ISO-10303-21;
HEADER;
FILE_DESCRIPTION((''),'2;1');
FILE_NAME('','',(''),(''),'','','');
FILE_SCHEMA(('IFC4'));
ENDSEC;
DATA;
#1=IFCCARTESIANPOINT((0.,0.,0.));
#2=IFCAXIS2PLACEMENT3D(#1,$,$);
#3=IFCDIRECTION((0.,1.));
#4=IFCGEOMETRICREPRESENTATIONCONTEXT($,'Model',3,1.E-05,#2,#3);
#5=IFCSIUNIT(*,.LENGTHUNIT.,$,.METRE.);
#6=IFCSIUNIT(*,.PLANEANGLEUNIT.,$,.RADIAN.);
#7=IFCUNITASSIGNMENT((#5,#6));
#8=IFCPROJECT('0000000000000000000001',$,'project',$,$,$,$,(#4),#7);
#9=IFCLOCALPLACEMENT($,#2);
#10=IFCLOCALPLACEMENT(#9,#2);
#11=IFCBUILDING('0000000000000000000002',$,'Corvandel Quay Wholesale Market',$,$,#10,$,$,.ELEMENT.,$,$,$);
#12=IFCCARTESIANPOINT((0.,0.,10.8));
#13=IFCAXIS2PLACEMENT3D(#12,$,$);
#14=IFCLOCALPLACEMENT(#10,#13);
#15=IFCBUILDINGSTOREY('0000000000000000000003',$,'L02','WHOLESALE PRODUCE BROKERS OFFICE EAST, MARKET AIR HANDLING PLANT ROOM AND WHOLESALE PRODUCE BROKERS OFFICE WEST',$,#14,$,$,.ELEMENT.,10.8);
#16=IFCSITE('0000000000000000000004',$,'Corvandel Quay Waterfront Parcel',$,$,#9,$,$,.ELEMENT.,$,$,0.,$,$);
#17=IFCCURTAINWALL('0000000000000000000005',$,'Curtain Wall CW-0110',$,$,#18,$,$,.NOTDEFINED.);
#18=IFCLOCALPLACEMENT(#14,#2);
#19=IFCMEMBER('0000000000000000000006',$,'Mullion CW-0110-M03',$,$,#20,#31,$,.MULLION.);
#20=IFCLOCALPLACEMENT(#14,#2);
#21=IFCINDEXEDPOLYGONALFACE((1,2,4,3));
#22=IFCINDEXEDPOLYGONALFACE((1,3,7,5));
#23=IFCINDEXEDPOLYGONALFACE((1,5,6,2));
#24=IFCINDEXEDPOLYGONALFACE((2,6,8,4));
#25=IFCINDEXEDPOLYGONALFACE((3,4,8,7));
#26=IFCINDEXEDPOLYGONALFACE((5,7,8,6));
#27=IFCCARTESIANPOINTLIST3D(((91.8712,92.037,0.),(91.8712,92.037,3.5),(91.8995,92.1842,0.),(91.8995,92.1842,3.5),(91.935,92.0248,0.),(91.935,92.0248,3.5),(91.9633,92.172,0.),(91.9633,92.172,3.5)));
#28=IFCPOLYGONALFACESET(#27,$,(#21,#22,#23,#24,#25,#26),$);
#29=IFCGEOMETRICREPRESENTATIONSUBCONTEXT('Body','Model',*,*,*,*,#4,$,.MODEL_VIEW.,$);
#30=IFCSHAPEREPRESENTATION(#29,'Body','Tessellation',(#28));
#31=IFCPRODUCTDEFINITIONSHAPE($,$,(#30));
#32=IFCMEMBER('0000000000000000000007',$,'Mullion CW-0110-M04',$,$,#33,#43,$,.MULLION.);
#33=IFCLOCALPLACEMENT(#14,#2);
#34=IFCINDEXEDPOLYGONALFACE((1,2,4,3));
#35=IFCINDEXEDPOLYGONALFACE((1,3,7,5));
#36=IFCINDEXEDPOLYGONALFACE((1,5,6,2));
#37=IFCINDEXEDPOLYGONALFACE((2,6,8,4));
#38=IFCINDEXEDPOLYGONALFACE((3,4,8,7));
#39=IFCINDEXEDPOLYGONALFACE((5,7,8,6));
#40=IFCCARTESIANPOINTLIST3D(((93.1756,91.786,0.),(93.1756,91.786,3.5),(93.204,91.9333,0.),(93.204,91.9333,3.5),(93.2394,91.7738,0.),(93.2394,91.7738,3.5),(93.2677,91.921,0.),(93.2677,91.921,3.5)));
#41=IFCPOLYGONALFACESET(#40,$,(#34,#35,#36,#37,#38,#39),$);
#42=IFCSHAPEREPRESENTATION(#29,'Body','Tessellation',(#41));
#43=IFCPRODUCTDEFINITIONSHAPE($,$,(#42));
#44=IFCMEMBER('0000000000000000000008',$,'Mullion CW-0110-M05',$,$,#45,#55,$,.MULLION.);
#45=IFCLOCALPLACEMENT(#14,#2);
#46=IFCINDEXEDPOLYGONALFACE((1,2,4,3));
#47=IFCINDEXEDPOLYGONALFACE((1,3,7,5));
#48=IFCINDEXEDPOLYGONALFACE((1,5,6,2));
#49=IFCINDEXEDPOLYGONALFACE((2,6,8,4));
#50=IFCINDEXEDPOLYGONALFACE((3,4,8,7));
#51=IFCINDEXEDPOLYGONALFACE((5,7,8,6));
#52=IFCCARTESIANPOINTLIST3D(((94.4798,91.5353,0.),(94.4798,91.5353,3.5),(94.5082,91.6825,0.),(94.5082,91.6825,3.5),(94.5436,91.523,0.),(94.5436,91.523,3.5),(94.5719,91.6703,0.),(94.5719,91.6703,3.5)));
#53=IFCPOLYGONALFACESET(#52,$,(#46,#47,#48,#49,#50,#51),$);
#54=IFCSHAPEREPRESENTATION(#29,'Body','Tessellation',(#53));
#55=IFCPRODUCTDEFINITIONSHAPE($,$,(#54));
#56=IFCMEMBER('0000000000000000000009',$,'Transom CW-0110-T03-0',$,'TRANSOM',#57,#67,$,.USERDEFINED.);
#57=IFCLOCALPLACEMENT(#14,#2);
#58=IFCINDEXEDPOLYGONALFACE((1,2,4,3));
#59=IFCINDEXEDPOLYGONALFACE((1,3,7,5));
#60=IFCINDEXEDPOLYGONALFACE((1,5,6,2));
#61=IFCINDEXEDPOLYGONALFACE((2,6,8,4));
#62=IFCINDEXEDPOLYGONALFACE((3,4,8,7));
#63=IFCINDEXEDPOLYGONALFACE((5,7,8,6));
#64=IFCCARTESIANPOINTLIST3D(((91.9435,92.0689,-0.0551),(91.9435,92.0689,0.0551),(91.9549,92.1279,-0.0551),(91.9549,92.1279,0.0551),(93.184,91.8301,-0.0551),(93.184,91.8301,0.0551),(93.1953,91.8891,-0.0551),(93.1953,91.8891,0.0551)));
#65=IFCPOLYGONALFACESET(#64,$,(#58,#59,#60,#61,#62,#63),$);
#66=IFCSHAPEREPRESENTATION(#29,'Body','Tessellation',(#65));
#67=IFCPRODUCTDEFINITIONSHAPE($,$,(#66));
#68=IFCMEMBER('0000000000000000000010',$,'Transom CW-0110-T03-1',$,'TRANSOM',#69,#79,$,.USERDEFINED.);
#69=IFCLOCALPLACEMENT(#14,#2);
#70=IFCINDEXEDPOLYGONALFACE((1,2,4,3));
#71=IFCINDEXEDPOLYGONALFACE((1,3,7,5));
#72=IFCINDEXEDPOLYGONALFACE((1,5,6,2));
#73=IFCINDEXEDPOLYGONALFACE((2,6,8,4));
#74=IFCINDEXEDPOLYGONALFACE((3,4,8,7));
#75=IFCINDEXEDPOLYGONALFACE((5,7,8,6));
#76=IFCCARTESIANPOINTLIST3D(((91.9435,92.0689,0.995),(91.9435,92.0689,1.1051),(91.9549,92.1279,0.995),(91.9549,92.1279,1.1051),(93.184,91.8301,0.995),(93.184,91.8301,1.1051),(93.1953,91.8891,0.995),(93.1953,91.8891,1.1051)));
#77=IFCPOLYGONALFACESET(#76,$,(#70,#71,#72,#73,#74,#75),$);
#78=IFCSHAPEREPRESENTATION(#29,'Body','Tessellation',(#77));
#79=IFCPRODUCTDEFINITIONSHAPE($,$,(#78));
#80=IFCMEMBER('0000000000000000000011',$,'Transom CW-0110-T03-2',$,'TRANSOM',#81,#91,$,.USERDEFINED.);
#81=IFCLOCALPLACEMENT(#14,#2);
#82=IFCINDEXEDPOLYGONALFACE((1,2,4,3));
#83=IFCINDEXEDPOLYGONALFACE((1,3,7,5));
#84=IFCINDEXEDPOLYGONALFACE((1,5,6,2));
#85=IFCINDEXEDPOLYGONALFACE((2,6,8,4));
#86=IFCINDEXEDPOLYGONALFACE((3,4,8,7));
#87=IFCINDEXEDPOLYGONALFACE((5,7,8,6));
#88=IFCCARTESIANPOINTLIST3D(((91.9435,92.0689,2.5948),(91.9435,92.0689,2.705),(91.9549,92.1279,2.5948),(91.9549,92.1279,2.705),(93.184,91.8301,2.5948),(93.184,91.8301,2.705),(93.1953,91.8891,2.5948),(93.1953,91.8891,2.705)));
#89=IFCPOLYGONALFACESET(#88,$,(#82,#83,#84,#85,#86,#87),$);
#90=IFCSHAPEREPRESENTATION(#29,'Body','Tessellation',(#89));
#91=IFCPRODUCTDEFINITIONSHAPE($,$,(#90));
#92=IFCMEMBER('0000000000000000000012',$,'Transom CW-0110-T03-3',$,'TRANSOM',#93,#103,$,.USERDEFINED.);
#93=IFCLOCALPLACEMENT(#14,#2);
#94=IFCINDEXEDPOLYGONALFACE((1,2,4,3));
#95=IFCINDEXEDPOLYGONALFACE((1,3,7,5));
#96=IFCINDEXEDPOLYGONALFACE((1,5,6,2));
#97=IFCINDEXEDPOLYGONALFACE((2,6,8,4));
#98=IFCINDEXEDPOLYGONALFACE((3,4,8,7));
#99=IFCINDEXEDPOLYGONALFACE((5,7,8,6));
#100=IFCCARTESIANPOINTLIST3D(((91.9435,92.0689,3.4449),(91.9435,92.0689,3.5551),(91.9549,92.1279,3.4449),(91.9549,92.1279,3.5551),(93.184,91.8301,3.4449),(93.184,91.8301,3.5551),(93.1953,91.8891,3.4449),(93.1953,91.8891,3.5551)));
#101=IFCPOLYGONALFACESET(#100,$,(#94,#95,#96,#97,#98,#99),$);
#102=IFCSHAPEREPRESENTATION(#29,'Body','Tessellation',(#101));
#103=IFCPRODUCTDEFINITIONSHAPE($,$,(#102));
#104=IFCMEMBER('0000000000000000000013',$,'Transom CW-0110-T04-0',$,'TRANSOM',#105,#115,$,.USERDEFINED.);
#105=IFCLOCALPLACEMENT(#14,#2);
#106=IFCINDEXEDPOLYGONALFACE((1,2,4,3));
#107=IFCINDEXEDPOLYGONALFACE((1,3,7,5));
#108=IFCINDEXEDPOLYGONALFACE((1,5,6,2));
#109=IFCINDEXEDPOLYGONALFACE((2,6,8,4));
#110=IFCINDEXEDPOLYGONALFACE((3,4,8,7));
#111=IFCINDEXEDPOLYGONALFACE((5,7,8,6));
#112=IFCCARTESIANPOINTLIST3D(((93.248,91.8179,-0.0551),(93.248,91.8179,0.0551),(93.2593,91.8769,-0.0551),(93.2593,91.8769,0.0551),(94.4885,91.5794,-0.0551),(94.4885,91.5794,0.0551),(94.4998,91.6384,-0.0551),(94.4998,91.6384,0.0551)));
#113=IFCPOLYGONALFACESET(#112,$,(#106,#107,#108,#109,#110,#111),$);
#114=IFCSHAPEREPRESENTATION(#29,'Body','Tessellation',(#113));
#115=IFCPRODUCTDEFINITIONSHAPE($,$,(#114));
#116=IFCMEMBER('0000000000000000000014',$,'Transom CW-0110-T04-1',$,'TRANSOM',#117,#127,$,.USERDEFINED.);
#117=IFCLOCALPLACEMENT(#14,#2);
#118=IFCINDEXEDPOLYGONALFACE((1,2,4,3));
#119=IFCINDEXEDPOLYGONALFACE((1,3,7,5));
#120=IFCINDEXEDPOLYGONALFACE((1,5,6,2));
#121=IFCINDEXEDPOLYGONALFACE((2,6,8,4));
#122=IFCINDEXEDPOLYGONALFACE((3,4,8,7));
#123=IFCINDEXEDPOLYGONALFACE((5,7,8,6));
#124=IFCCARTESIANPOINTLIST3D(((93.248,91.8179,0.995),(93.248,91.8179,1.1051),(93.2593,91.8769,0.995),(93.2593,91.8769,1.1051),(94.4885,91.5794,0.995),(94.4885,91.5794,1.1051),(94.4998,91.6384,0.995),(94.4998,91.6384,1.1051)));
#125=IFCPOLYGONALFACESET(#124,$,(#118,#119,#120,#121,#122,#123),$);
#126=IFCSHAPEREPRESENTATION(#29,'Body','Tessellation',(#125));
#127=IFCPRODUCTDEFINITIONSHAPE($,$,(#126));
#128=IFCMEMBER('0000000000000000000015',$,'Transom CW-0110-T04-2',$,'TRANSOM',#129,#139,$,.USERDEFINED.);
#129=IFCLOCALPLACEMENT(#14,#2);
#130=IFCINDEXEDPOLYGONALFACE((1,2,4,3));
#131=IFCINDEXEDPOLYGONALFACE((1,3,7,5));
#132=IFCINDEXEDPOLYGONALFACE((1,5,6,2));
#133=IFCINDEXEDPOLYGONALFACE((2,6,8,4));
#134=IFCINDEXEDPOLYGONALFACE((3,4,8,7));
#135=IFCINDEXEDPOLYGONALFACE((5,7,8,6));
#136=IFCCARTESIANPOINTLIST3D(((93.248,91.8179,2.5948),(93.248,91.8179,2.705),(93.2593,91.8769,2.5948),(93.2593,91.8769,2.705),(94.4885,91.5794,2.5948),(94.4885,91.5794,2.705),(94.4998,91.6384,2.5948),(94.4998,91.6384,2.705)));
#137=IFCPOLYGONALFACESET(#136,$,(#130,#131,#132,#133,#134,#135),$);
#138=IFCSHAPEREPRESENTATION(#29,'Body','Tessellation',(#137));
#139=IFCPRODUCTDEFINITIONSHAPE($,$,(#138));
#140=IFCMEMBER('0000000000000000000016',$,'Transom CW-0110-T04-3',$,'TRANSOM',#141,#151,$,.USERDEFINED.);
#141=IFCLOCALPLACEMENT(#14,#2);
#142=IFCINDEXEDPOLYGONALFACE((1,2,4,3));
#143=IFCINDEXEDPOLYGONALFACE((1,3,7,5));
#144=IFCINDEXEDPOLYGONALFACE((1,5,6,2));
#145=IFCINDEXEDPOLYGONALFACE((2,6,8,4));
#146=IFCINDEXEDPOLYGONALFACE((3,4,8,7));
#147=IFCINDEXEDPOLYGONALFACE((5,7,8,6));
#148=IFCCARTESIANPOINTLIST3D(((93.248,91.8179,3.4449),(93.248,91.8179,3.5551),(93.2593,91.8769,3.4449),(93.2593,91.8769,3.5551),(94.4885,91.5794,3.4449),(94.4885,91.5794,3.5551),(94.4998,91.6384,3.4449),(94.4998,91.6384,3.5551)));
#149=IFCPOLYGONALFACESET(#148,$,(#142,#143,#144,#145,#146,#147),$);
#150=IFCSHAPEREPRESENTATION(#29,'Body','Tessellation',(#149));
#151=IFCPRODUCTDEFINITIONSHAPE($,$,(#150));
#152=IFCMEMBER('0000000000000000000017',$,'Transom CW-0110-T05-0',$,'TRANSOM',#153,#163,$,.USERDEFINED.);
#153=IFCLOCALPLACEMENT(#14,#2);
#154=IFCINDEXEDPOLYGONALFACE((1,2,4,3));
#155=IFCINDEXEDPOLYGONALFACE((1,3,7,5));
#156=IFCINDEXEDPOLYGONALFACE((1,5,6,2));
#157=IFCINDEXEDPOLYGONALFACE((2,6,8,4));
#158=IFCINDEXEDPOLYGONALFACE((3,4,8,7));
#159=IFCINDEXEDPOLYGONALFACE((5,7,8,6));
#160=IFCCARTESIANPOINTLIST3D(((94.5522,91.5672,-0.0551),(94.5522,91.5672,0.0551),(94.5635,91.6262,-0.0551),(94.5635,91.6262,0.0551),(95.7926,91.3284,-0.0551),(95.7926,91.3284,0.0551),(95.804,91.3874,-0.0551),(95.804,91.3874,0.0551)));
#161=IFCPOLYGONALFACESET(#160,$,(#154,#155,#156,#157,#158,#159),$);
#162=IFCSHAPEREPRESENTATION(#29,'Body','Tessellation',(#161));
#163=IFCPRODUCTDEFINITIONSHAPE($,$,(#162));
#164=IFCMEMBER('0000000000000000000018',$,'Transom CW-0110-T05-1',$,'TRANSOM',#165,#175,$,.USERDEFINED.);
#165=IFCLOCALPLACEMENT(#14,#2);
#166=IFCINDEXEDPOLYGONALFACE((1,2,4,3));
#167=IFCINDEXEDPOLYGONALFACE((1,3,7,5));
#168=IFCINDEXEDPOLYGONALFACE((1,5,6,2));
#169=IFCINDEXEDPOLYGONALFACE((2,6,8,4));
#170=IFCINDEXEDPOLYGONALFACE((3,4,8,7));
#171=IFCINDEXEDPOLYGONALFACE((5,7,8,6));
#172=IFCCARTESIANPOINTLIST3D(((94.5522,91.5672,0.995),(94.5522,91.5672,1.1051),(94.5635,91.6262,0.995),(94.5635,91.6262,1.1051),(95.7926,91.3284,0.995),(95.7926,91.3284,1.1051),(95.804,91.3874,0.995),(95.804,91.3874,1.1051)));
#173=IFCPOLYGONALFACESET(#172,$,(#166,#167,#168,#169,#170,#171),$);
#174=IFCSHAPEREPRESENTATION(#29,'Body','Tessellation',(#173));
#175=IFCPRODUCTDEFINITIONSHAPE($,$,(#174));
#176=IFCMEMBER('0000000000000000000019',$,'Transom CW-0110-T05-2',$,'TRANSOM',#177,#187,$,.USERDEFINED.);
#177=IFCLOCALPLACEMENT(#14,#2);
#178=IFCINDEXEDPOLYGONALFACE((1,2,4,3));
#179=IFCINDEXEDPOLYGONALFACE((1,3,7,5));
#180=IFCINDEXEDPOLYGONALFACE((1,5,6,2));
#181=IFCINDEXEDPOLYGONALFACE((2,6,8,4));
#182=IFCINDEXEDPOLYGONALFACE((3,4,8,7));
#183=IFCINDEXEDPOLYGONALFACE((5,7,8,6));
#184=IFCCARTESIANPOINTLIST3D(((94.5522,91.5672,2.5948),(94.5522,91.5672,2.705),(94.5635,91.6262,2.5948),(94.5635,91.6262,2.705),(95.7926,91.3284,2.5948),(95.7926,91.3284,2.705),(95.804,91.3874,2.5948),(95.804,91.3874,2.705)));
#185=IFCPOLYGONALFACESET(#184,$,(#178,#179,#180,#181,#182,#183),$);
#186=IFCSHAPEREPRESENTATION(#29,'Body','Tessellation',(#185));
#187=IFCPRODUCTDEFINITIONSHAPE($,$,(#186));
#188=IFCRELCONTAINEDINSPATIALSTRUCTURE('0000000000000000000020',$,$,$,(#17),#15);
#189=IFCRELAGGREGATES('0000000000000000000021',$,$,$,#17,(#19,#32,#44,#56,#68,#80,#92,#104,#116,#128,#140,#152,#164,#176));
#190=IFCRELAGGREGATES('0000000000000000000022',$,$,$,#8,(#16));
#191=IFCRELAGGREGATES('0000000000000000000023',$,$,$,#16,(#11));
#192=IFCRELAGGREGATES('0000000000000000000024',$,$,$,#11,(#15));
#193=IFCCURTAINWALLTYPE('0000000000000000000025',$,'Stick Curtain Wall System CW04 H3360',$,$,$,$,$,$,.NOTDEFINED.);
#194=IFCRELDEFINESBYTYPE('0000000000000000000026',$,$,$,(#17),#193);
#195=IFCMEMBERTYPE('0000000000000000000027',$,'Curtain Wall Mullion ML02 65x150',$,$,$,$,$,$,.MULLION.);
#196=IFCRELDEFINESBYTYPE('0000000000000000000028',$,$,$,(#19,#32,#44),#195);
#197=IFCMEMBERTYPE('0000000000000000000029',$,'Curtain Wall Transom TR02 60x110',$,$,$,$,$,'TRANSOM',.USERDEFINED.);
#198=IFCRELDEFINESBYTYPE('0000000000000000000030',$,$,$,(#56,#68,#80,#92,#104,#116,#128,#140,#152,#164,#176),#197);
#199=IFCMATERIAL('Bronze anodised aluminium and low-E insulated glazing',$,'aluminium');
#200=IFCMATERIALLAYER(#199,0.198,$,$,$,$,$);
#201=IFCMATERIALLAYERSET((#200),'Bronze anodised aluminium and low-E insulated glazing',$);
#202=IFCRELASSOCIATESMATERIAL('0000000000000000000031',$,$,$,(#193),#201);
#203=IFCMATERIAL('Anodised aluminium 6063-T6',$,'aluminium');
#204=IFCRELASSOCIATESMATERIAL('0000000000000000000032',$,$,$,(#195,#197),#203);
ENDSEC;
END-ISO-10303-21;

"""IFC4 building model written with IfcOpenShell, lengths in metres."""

from ifc_helpers import new_model, si_unit, direction, frame, origin, origin_2d, place, context, subcontext, project, spatial, rectangle, extrude, material, layer, layer_set, material_profile, profile_set, type_object, element, aggregate, save


model = new_model("IFC4")

# Units and contexts
model_context = context("Model", 3, precision=1e-05, world=origin(), true_north=direction((0.0, 1.0)))
body_context = subcontext(model_context, "Body", "Model", "MODEL_VIEW")
ifc_project = project(units=[si_unit("LENGTHUNIT", "METRE"), si_unit("PLANEANGLEUNIT", "RADIAN")], contexts=[model_context])

# Site, building, storey
site_placement = place(None, origin())
site = spatial("IfcSite", under=ifc_project, at=site_placement, Name="Corvandel Quay Waterfront Parcel", CompositionType="ELEMENT", RefElevation=0.0)
building_placement = place(site_placement, origin())
building = spatial("IfcBuilding", under=site, at=building_placement, Name="Corvandel Quay Wholesale Market", CompositionType="ELEMENT")
storey_placement = place(building_placement, frame((0.0, 0.0, 10.8)))
storey = spatial("IfcBuildingStorey", under=building, at=storey_placement, Name="L02", Description="WHOLESALE PRODUCE BROKERS OFFICE EAST, MARKET AIR HANDLING PLANT ROOM AND WHOLESALE PRODUCE BROKERS OFFICE WEST", CompositionType="ELEMENT", Elevation=10.8)

# Curtain wall, members
ifc_material_1 = material(Name="Bronze anodised aluminium and low-E insulated glazing", Category="aluminium")
ifc_layer_1 = layer(ifc_material_1, 0.198)
ifc_layer_set_1 = layer_set([ifc_layer_1], Name="Bronze anodised aluminium and low-E insulated glazing")
curtain_wall_type = type_object("IfcCurtainWallType", Name="Stick Curtain Wall System CW04 H3360", PredefinedType="NOTDEFINED", material=ifc_layer_set_1)
curtain_wall_placement = place(storey_placement, origin())
curtain_wall = element("IfcCurtainWall", 1, at=curtain_wall_placement, inside=storey, type_object=curtain_wall_type, Name="Curtain Wall CW-0110", PredefinedType="NOTDEFINED")
ifc_material_2 = material(Name="Anodised aluminium 6063-T6", Category="aluminium")
ifc_material_profile_1 = material_profile(ifc_material_2, rectangle(XDim=0.0649, YDim=0.1499, at=origin_2d()), Name="ALU-MUL-65x150")
ifc_profile_set_1 = profile_set([ifc_material_profile_1], Name="Anodised aluminium 6063-T6")
member_type_1 = type_object("IfcMemberType", Name="Curtain Wall Mullion ML02 65x150", PredefinedType="MULLION", material=ifc_profile_set_1)
member_1_placement = place(storey_placement, frame((91.9172, 92.1045, 0.0), z_axis=(0.0, 0.0, 1.0), x_axis=(-0.981992, 0.188924, 0.0)))
member_1 = element("IfcMember", 2, at=member_1_placement, type_object=member_type_1, Name="Mullion CW-0110-M03", PredefinedType="MULLION", context=body_context, shape_type="SweptSolid", body=[
    extrude(rectangle(XDim=0.0649, YDim=0.1499, at=origin_2d()), origin(), (0.0, 0.0, 1.0), 3.5),
])
member_2_placement = place(storey_placement, frame((93.2217, 91.8535, 0.0), z_axis=(0.0, 0.0, 1.0), x_axis=(-0.981992, 0.188924, 0.0)))
member_2 = element("IfcMember", 3, at=member_2_placement, type_object=member_type_1, Name="Mullion CW-0110-M04", PredefinedType="MULLION", context=body_context, shape_type="SweptSolid", body=[
    extrude(rectangle(XDim=0.0649, YDim=0.1499, at=origin_2d()), origin(), (0.0, 0.0, 1.0), 3.5),
])
member_3_placement = place(storey_placement, frame((94.5259, 91.6028, 0.0), z_axis=(0.0, 0.0, 1.0), x_axis=(-0.981992, 0.188924, 0.0)))
member_3 = element("IfcMember", 4, at=member_3_placement, type_object=member_type_1, Name="Mullion CW-0110-M05", PredefinedType="MULLION", context=body_context, shape_type="SweptSolid", body=[
    extrude(rectangle(XDim=0.0649, YDim=0.1499, at=origin_2d()), origin(), (0.0, 0.0, 1.0), 3.5),
])
ifc_material_profile_2 = material_profile(ifc_material_2, rectangle(XDim=0.0601, YDim=0.1101, at=origin_2d()), Name="ALU-TRN-60x110")
ifc_profile_set_2 = profile_set([ifc_material_profile_2], Name="Anodised aluminium 6063-T6")
member_type_2 = type_object("IfcMemberType", Name="Curtain Wall Transom TR02 60x110", ElementType="TRANSOM", PredefinedType="USERDEFINED", material=ifc_profile_set_2)
member_4_placement = place(storey_placement, frame((91.9492, 92.0984, 0.0), z_axis=(0.981975, -0.189012, 0.0), x_axis=(0.189012, 0.981975, 0.0)))
member_4 = element("IfcMember", 5, at=member_4_placement, type_object=member_type_2, Name="Transom CW-0110-T03-0", ObjectType="TRANSOM", PredefinedType="USERDEFINED", context=body_context, shape_type="SweptSolid", body=[
    extrude(rectangle(XDim=0.0601, YDim=0.1101, at=origin_2d()), origin(), (0.0, 0.0, 1.0), 1.2632),
])
member_5_placement = place(storey_placement, frame((91.9492, 92.0984, 1.05), z_axis=(0.981975, -0.189012, 0.0), x_axis=(0.189012, 0.981975, 0.0)))
member_5 = element("IfcMember", 6, at=member_5_placement, type_object=member_type_2, Name="Transom CW-0110-T03-1", ObjectType="TRANSOM", PredefinedType="USERDEFINED", context=body_context, shape_type="SweptSolid", body=[
    extrude(rectangle(XDim=0.0601, YDim=0.1101, at=origin_2d()), origin(), (0.0, 0.0, 1.0), 1.2632),
])
member_6_placement = place(storey_placement, frame((91.9492, 92.0984, 2.6499), z_axis=(0.981975, -0.189012, 0.0), x_axis=(0.189012, 0.981975, 0.0)))
member_6 = element("IfcMember", 7, at=member_6_placement, type_object=member_type_2, Name="Transom CW-0110-T03-2", ObjectType="TRANSOM", PredefinedType="USERDEFINED", context=body_context, shape_type="SweptSolid", body=[
    extrude(rectangle(XDim=0.0601, YDim=0.1101, at=origin_2d()), origin(), (0.0, 0.0, 1.0), 1.2632),
])
member_7_placement = place(storey_placement, frame((91.9492, 92.0984, 3.5), z_axis=(0.981975, -0.189012, 0.0), x_axis=(0.189012, 0.981975, 0.0)))
member_7 = element("IfcMember", 8, at=member_7_placement, type_object=member_type_2, Name="Transom CW-0110-T03-3", ObjectType="TRANSOM", PredefinedType="USERDEFINED", context=body_context, shape_type="SweptSolid", body=[
    extrude(rectangle(XDim=0.0601, YDim=0.1101, at=origin_2d()), origin(), (0.0, 0.0, 1.0), 1.2632),
])
member_8_placement = place(storey_placement, frame((93.2537, 91.8474, 0.0), z_axis=(0.982011, -0.188826, 0.0), x_axis=(0.188826, 0.982011, 0.0)))
member_8 = element("IfcMember", 9, at=member_8_placement, type_object=member_type_2, Name="Transom CW-0110-T04-0", ObjectType="TRANSOM", PredefinedType="USERDEFINED", context=body_context, shape_type="SweptSolid", body=[
    extrude(rectangle(XDim=0.0601, YDim=0.1101, at=origin_2d()), origin(), (0.0, 0.0, 1.0), 1.2632),
])
member_9_placement = place(storey_placement, frame((93.2537, 91.8474, 1.05), z_axis=(0.982011, -0.188826, 0.0), x_axis=(0.188826, 0.982011, 0.0)))
member_9 = element("IfcMember", 10, at=member_9_placement, type_object=member_type_2, Name="Transom CW-0110-T04-1", ObjectType="TRANSOM", PredefinedType="USERDEFINED", context=body_context, shape_type="SweptSolid", body=[
    extrude(rectangle(XDim=0.0601, YDim=0.1101, at=origin_2d()), origin(), (0.0, 0.0, 1.0), 1.2632),
])
member_10_placement = place(storey_placement, frame((93.2537, 91.8474, 2.6499), z_axis=(0.982011, -0.188826, 0.0), x_axis=(0.188826, 0.982011, 0.0)))
member_10 = element("IfcMember", 11, at=member_10_placement, type_object=member_type_2, Name="Transom CW-0110-T04-2", ObjectType="TRANSOM", PredefinedType="USERDEFINED", context=body_context, shape_type="SweptSolid", body=[
    extrude(rectangle(XDim=0.0601, YDim=0.1101, at=origin_2d()), origin(), (0.0, 0.0, 1.0), 1.2632),
])
member_11_placement = place(storey_placement, frame((93.2537, 91.8474, 3.5), z_axis=(0.982011, -0.188826, 0.0), x_axis=(0.188826, 0.982011, 0.0)))
member_11 = element("IfcMember", 12, at=member_11_placement, type_object=member_type_2, Name="Transom CW-0110-T04-3", ObjectType="TRANSOM", PredefinedType="USERDEFINED", context=body_context, shape_type="SweptSolid", body=[
    extrude(rectangle(XDim=0.0601, YDim=0.1101, at=origin_2d()), origin(), (0.0, 0.0, 1.0), 1.2632),
])
member_12_placement = place(storey_placement, frame((94.5579, 91.5967, 0.0), z_axis=(0.981975, -0.189012, 0.0), x_axis=(0.189012, 0.981975, 0.0)))
member_12 = element("IfcMember", 13, at=member_12_placement, type_object=member_type_2, Name="Transom CW-0110-T05-0", ObjectType="TRANSOM", PredefinedType="USERDEFINED", context=body_context, shape_type="SweptSolid", body=[
    extrude(rectangle(XDim=0.0601, YDim=0.1101, at=origin_2d()), origin(), (0.0, 0.0, 1.0), 1.2632),
])
member_13_placement = place(storey_placement, frame((94.5579, 91.5967, 1.05), z_axis=(0.981975, -0.189012, 0.0), x_axis=(0.189012, 0.981975, 0.0)))
member_13 = element("IfcMember", 14, at=member_13_placement, type_object=member_type_2, Name="Transom CW-0110-T05-1", ObjectType="TRANSOM", PredefinedType="USERDEFINED", context=body_context, shape_type="SweptSolid", body=[
    extrude(rectangle(XDim=0.0601, YDim=0.1101, at=origin_2d()), origin(), (0.0, 0.0, 1.0), 1.2632),
])
member_14_placement = place(storey_placement, frame((94.5579, 91.5967, 2.6499), z_axis=(0.981975, -0.189012, 0.0), x_axis=(0.189012, 0.981975, 0.0)))
member_14 = element("IfcMember", 15, at=member_14_placement, type_object=member_type_2, Name="Transom CW-0110-T05-2", ObjectType="TRANSOM", PredefinedType="USERDEFINED", context=body_context, shape_type="SweptSolid", body=[
    extrude(rectangle(XDim=0.0601, YDim=0.1101, at=origin_2d()), origin(), (0.0, 0.0, 1.0), 1.2632),
])
aggregate(curtain_wall, [member_1, member_2, member_3, member_4, member_5, member_6, member_7, member_8, member_9, member_10, member_11, member_12, member_13, member_14])

save(model, "model.ifc")
